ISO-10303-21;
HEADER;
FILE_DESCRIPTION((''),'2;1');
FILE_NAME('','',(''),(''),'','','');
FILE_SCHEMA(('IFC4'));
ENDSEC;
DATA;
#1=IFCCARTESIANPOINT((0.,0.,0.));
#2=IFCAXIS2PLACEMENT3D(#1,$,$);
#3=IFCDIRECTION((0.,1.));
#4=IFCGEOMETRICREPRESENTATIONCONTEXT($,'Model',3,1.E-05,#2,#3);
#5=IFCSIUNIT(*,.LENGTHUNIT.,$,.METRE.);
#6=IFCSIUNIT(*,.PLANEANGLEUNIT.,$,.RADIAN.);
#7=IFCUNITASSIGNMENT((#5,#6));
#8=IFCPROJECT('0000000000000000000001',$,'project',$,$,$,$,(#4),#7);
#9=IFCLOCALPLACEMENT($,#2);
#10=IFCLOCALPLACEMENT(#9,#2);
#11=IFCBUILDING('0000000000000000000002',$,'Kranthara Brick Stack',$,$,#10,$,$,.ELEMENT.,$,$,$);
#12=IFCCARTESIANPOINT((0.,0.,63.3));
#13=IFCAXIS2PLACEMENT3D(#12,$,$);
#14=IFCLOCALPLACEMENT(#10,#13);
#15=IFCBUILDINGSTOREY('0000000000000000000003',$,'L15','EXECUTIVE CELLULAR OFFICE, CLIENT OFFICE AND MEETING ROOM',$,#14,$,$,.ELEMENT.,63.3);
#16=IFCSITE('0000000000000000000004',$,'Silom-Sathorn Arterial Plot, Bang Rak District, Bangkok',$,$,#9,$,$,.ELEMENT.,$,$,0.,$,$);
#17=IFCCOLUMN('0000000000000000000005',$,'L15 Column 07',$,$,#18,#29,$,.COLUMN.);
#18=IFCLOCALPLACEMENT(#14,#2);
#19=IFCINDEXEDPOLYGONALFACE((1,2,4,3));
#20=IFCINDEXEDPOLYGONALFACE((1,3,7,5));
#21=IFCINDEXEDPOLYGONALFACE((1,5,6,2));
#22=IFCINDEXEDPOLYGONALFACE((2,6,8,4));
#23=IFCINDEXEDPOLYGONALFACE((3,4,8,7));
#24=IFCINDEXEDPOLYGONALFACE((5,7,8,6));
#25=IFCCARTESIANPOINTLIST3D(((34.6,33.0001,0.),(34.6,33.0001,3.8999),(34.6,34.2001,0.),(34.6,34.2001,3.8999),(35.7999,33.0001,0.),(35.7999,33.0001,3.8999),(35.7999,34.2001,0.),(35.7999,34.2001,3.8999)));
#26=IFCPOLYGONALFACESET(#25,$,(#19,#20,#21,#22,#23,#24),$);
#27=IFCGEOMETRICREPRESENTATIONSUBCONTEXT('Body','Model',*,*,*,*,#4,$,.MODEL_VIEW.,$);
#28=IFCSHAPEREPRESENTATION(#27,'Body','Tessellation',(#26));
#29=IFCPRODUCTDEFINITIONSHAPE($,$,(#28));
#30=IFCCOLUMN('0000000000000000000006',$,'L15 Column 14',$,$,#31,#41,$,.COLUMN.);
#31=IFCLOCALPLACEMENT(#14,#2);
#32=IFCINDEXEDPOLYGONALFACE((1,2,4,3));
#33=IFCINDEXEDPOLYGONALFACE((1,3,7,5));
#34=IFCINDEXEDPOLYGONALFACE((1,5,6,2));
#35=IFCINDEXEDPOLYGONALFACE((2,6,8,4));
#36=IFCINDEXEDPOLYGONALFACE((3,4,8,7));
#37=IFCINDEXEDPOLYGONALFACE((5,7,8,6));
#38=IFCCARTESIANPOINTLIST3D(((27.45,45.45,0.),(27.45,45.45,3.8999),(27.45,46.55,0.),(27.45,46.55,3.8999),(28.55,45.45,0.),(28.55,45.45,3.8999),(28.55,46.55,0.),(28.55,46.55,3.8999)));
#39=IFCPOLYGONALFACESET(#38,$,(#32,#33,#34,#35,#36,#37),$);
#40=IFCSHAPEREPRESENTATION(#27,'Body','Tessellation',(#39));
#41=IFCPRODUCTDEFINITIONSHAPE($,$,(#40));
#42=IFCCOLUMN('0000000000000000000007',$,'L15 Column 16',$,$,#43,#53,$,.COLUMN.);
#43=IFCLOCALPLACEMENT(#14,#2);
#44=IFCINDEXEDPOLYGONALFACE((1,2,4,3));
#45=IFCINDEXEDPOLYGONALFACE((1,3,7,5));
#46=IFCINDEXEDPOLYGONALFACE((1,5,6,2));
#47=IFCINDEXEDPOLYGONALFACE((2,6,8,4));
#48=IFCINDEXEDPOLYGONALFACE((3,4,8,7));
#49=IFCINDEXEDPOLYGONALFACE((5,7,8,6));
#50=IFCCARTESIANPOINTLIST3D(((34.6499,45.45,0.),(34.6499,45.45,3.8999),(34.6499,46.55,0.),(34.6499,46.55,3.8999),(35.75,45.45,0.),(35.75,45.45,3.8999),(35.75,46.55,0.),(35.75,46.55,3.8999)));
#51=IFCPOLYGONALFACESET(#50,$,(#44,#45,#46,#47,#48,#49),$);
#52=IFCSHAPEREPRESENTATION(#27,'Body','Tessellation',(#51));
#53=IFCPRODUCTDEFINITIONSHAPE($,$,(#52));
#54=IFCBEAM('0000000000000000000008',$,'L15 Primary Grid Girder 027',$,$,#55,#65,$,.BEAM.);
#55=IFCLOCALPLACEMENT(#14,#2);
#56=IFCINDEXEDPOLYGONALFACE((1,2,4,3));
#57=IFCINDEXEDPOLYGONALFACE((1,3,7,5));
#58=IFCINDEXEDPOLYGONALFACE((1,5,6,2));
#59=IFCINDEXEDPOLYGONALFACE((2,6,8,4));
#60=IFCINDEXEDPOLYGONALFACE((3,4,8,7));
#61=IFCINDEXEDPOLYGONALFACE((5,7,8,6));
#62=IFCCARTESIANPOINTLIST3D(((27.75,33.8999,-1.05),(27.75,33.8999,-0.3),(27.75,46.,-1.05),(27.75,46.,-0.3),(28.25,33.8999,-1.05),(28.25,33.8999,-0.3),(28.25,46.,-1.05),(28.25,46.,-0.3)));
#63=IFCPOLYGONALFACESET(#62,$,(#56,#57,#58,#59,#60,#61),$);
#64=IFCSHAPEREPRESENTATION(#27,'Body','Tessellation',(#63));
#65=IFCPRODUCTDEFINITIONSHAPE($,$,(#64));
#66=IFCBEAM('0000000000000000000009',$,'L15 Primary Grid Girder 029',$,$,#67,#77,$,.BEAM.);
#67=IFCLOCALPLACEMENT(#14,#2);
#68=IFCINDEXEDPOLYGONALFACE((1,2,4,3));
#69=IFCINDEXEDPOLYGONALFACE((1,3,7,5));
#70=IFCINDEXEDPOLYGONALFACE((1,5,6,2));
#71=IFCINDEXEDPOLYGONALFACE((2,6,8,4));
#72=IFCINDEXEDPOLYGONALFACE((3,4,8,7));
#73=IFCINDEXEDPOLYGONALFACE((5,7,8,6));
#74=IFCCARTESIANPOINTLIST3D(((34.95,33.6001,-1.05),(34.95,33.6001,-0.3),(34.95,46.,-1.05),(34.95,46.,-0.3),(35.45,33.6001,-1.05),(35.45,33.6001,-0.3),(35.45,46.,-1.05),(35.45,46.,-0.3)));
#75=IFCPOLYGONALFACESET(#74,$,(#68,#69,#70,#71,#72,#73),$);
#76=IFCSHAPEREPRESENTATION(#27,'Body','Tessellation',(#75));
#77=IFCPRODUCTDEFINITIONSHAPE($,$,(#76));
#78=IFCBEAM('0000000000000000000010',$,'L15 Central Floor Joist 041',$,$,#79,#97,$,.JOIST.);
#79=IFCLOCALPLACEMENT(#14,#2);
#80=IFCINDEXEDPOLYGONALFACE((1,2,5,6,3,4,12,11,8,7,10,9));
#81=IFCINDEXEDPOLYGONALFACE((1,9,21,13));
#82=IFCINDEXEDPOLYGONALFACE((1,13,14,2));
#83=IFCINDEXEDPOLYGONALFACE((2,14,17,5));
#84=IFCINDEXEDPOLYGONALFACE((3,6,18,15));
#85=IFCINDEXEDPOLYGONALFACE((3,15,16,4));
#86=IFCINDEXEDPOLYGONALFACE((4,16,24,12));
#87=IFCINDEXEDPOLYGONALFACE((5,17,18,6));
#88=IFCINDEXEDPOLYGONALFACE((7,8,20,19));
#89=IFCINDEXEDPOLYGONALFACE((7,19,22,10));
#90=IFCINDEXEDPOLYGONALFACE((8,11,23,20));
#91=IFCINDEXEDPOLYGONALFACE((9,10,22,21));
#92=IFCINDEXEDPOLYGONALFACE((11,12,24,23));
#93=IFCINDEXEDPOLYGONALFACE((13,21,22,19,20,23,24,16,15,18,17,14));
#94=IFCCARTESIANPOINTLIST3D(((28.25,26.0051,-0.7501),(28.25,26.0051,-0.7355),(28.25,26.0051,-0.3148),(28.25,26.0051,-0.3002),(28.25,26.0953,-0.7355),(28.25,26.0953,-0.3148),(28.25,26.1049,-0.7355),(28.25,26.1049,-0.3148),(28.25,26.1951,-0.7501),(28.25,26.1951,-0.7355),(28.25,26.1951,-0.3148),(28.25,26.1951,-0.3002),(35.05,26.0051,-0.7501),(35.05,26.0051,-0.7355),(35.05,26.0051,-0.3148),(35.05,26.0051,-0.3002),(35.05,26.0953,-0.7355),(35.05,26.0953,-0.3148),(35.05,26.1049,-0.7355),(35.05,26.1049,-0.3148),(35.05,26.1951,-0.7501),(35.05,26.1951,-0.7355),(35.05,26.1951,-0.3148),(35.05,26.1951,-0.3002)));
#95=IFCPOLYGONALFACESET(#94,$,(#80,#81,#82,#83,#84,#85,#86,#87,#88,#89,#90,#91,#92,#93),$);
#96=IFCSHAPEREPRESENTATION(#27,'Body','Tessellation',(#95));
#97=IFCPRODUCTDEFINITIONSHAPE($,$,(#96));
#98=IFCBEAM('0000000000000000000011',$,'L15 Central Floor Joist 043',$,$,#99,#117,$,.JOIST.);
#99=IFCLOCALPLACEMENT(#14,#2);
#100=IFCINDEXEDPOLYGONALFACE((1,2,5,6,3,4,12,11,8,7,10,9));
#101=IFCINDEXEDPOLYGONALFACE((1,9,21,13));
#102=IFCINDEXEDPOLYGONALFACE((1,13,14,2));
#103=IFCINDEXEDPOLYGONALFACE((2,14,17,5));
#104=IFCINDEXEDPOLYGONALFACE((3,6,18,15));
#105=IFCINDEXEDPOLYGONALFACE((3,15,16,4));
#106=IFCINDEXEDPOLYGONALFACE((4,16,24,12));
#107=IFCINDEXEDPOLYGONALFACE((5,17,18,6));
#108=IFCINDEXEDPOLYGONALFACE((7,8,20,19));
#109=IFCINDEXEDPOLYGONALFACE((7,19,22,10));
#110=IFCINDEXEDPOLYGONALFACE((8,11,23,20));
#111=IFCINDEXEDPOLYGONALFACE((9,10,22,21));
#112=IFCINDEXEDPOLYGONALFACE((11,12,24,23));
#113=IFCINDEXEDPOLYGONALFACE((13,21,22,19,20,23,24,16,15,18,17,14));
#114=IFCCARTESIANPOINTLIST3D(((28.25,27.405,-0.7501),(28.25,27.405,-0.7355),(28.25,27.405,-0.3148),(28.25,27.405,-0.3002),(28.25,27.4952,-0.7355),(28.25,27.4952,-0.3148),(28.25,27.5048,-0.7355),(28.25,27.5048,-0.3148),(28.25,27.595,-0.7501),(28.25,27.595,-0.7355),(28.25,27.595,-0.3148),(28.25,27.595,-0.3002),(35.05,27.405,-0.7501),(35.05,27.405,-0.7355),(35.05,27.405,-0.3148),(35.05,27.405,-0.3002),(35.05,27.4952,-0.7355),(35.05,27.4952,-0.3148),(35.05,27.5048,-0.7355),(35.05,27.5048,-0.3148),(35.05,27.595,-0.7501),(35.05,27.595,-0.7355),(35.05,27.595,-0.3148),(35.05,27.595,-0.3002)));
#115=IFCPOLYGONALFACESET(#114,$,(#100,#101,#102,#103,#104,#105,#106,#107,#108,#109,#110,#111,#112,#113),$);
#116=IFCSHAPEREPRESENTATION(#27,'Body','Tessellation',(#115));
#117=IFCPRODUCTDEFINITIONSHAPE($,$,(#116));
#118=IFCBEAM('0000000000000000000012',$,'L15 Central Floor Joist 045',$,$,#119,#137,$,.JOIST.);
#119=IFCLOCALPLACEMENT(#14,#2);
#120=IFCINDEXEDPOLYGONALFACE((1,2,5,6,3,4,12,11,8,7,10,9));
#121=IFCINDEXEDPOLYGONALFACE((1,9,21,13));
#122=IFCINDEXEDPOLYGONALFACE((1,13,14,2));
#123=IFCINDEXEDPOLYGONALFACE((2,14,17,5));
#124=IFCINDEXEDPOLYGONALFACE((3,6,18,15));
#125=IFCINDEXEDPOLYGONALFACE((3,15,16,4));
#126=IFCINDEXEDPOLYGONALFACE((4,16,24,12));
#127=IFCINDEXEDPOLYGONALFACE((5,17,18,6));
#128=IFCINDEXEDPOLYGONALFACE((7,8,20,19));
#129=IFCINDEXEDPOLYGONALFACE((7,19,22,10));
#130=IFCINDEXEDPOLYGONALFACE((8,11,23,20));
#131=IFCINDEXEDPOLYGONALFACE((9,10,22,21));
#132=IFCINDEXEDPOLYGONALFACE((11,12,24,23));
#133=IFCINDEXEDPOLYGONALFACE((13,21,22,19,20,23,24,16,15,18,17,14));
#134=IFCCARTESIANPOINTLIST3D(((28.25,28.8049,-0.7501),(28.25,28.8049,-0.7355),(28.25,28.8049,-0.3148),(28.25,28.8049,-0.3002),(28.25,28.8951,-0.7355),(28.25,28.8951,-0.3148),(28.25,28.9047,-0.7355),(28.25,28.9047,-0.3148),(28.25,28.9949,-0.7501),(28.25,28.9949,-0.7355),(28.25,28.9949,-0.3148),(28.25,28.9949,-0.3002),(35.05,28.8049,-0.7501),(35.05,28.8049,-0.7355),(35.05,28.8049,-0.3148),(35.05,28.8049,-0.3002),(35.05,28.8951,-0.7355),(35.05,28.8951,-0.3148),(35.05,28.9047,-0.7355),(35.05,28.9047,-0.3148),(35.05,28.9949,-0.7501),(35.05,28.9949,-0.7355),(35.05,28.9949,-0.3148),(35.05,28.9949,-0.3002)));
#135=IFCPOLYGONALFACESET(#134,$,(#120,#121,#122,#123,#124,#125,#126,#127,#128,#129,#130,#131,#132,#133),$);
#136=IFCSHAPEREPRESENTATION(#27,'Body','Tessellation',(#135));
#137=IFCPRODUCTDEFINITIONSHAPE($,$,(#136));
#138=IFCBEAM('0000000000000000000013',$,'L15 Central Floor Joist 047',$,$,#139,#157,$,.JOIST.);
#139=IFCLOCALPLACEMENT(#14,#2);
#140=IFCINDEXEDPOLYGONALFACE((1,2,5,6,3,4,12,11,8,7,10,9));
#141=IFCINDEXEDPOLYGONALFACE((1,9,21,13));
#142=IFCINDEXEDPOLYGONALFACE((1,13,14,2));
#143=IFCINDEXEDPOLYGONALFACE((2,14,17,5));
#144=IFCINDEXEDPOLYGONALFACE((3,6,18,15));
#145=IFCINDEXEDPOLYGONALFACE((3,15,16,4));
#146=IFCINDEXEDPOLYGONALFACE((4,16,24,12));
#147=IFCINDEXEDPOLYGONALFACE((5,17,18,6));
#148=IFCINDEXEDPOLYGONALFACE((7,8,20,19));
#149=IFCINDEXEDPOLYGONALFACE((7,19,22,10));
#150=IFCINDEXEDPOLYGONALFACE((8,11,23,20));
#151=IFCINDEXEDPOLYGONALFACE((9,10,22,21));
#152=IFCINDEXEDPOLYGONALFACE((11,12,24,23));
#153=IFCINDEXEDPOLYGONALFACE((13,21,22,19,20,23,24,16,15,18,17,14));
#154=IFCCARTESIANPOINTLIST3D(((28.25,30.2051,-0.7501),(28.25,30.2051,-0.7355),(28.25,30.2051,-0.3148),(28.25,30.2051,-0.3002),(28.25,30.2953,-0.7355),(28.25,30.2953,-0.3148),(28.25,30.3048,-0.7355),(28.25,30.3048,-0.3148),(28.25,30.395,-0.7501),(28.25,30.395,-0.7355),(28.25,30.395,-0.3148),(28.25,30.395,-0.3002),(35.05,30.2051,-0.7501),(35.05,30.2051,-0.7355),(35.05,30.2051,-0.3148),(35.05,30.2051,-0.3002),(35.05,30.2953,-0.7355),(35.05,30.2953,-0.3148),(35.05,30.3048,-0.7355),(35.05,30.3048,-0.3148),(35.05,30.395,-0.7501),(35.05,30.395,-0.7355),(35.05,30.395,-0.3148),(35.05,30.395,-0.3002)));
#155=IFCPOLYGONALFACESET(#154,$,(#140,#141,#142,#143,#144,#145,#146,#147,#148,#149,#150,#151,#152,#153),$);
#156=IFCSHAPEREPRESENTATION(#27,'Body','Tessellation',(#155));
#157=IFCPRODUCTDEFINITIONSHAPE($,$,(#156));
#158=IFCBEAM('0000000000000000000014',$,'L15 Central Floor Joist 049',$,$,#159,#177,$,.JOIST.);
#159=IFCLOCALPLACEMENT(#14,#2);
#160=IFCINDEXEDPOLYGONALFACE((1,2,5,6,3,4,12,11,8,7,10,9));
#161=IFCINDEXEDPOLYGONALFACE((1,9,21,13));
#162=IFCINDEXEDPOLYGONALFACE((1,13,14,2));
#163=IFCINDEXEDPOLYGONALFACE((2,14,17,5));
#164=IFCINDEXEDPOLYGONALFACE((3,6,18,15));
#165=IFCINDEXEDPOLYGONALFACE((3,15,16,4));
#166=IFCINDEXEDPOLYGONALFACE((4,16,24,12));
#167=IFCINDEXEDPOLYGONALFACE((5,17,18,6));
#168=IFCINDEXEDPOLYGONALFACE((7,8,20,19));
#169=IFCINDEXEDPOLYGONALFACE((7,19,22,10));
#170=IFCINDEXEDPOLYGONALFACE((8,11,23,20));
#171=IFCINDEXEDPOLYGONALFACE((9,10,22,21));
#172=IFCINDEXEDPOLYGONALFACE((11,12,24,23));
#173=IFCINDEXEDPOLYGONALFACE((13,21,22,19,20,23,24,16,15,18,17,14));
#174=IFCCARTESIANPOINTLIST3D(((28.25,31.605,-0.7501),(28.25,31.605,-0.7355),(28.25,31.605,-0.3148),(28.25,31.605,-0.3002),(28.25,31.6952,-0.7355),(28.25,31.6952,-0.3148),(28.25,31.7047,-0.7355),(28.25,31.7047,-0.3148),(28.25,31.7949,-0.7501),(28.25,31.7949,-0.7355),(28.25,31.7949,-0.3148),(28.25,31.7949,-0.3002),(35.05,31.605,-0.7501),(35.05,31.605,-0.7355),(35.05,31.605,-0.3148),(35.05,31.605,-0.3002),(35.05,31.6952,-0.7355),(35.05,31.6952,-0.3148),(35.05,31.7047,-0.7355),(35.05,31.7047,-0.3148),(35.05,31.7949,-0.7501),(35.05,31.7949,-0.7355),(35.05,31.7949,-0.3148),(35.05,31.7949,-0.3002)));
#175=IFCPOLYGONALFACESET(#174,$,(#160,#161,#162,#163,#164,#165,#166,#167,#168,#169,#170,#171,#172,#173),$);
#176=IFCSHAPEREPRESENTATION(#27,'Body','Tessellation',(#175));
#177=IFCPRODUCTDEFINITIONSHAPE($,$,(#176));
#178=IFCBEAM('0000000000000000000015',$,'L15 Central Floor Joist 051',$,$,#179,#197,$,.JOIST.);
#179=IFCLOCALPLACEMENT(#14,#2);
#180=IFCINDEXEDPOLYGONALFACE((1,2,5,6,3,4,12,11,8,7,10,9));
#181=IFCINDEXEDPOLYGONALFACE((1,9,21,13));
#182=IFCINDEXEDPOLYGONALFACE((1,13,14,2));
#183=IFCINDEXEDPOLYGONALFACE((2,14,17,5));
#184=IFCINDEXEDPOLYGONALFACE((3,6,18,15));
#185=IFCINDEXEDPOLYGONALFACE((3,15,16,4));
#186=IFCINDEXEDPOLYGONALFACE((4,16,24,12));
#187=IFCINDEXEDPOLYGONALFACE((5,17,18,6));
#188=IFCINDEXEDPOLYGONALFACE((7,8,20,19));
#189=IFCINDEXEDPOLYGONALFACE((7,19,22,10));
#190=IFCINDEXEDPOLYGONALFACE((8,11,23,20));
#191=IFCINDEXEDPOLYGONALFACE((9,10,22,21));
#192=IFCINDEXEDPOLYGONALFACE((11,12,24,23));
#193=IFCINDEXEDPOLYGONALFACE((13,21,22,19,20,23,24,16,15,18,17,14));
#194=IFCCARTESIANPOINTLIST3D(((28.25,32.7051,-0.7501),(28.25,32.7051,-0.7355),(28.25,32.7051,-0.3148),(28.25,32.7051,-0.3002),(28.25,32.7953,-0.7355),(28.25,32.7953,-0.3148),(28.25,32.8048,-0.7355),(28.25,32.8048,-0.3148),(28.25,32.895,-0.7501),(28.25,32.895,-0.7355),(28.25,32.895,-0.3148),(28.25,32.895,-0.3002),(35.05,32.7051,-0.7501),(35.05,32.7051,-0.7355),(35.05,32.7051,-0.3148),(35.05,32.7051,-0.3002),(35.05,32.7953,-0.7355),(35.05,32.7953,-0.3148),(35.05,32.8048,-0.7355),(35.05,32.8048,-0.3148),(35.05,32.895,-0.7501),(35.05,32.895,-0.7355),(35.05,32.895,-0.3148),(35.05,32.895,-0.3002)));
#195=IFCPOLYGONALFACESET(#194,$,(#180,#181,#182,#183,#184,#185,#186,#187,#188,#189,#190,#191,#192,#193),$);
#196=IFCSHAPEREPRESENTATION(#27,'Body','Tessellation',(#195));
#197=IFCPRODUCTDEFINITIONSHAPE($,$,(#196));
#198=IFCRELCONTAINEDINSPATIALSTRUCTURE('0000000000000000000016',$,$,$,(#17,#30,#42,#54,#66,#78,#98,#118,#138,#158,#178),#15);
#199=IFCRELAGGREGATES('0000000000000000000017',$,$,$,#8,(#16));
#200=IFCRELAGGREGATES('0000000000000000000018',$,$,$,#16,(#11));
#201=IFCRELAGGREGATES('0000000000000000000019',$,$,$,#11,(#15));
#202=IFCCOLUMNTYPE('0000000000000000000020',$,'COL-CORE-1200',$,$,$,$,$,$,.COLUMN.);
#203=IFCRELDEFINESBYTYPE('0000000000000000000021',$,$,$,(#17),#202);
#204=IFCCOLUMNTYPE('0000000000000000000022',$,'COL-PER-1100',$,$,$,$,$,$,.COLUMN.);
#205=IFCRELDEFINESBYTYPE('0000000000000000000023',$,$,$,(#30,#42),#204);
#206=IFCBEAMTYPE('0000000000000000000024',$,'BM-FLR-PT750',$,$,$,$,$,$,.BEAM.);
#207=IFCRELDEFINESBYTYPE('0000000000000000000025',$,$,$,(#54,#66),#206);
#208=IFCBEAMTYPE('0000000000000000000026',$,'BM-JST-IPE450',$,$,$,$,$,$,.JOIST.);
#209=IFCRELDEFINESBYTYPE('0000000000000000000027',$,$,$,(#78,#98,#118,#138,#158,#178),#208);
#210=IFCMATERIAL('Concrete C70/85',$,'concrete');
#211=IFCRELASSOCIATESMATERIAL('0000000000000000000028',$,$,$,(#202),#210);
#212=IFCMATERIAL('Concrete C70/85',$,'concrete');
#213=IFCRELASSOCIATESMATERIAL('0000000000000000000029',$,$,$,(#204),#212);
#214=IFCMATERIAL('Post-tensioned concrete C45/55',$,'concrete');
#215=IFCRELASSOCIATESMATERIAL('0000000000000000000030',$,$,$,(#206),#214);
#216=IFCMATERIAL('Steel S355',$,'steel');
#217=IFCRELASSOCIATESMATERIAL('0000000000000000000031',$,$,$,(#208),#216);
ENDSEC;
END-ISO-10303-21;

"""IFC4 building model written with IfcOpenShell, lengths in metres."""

from ifc_helpers import new_model, si_unit, direction, frame, origin, origin_2d, place, context, subcontext, project, spatial, rectangle, i_section, extrude, material, material_profile, profile_set, type_object, element, save


model = new_model("IFC4")

# Units and contexts
model_context = context("Model", 3, precision=1e-05, world=origin(), true_north=direction((0.0, 1.0)))
body_context = subcontext(model_context, "Body", "Model", "MODEL_VIEW")
ifc_project = project(units=[si_unit("LENGTHUNIT", "METRE"), si_unit("PLANEANGLEUNIT", "RADIAN")], contexts=[model_context])

# Site, building, storey
site_placement = place(None, origin())
site = spatial("IfcSite", under=ifc_project, at=site_placement, Name="Silom-Sathorn Arterial Plot, Bang Rak District, Bangkok", CompositionType="ELEMENT", RefElevation=0.0)
building_placement = place(site_placement, origin())
building = spatial("IfcBuilding", under=site, at=building_placement, Name="Kranthara Brick Stack", CompositionType="ELEMENT")
storey_placement = place(building_placement, frame((0.0, 0.0, 63.3)))
storey = spatial("IfcBuildingStorey", under=building, at=storey_placement, Name="L15", Description="EXECUTIVE CELLULAR OFFICE, CLIENT OFFICE AND MEETING ROOM", CompositionType="ELEMENT", Elevation=63.3)

# Columns
ifc_material_1 = material(Name="Concrete C70/85", Category="concrete")
ifc_material_profile_1 = material_profile(ifc_material_1, rectangle(XDim=1.2, YDim=1.2, at=origin_2d()), Name="RC 1200x1200")
ifc_profile_set_1 = profile_set([ifc_material_profile_1], Name="Concrete C70/85")
column_type_1 = type_object("IfcColumnType", Name="COL-CORE-1200", PredefinedType="COLUMN", material=ifc_profile_set_1)
column_placement = place(storey_placement, frame((35.2, 33.6001, 0.0), z_axis=(0.0, 0.0, 1.0), x_axis=(1.0, 0.0, 0.0)))
element("IfcColumn", 1, at=column_placement, inside=storey, type_object=column_type_1, Name="L15 Column 07", PredefinedType="COLUMN", context=body_context, shape_type="SweptSolid", body=[
    extrude(rectangle(XDim=1.2, YDim=1.2, at=origin_2d()), origin(), (0.0, 0.0, 1.0), 3.8999),
])
ifc_material_2 = material(Name="Concrete C70/85", Category="concrete")
ifc_material_profile_2 = material_profile(ifc_material_2, rectangle(XDim=1.1001, YDim=1.1001, at=origin_2d()), Name="RC 1100x1100")
ifc_profile_set_2 = profile_set([ifc_material_profile_2], Name="Concrete C70/85")
column_type_2 = type_object("IfcColumnType", Name="COL-PER-1100", PredefinedType="COLUMN", material=ifc_profile_set_2)
for number, where, z_axis, x_axis, name in (
    (2, (28.0, 46.0, 0.0), (0.0, 0.0, 1.0), (1.0, 0.0, 0.0), "L15 Column 14"),
    (3, (35.2, 46.0, 0.0), (0.0, 0.0, 1.0), (1.0, 0.0, 0.0), "L15 Column 16"),
):
    element("IfcColumn", number, at=place(storey_placement, frame(where, z_axis=z_axis, x_axis=x_axis)), inside=storey, type_object=column_type_2, Name=name, PredefinedType="COLUMN", context=body_context, shape_type="SweptSolid", body=[
        extrude(rectangle(XDim=1.1001, YDim=1.1001, at=origin_2d()), origin(), (0.0, 0.0, 1.0), 3.8999),
    ])

# Beams
ifc_material_3 = material(Name="Post-tensioned concrete C45/55", Category="concrete")
ifc_material_profile_3 = material_profile(ifc_material_3, rectangle(XDim=0.5, YDim=0.75, at=origin_2d()), Name="PT 500x750")
ifc_profile_set_3 = profile_set([ifc_material_profile_3], Name="Post-tensioned concrete C45/55")
beam_type_1 = type_object("IfcBeamType", Name="BM-FLR-PT750", PredefinedType="BEAM", material=ifc_profile_set_3)
beam_1_placement = place(storey_placement, frame((28.0, 33.8999, -0.675), z_axis=(0.0, 1.0, 0.0), x_axis=(-1.0, 0.0, 0.0)))
element("IfcBeam", 4, at=beam_1_placement, inside=storey, type_object=beam_type_1, Name="L15 Primary Grid Girder 027", PredefinedType="BEAM", context=body_context, shape_type="SweptSolid", body=[
    extrude(rectangle(XDim=0.5, YDim=0.75, at=origin_2d()), origin(), (0.0, 0.0, 1.0), 12.1001),
])
beam_2_placement = place(storey_placement, frame((35.2, 33.6001, -0.675), z_axis=(0.0, 1.0, 0.0), x_axis=(-1.0, 0.0, 0.0)))
element("IfcBeam", 5, at=beam_2_placement, inside=storey, type_object=beam_type_1, Name="L15 Primary Grid Girder 029", PredefinedType="BEAM", context=body_context, shape_type="SweptSolid", body=[
    extrude(rectangle(XDim=0.5, YDim=0.75, at=origin_2d()), origin(), (0.0, 0.0, 1.0), 12.3999),
])
ifc_material_4 = material(Name="Steel S355", Category="steel")
ifc_material_profile_4 = material_profile(ifc_material_4, i_section(OverallWidth=0.1899, OverallDepth=0.45, WebThickness=0.0095, FlangeThickness=0.0146, at=origin_2d()), Name="IPE 450")
ifc_profile_set_4 = profile_set([ifc_material_profile_4], Name="Steel S355")
beam_type_2 = type_object("IfcBeamType", Name="BM-JST-IPE450", PredefinedType="JOIST", material=ifc_profile_set_4)
for number, where, z_axis, x_axis, name in (
    (6, (28.25, 26.1001, -0.5251), (1.0, 0.0, 0.0), (0.0, 1.0, 0.0), "L15 Central Floor Joist 041"),
    (7, (28.25, 27.5, -0.5251), (1.0, 0.0, 0.0), (0.0, 1.0, 0.0), "L15 Central Floor Joist 043"),
    (8, (28.25, 28.8999, -0.5251), (1.0, 0.0, 0.0), (0.0, 1.0, 0.0), "L15 Central Floor Joist 045"),
    (9, (28.25, 30.3, -0.5251), (1.0, 0.0, 0.0), (0.0, 1.0, 0.0), "L15 Central Floor Joist 047"),
    (10, (28.25, 31.7, -0.5251), (1.0, 0.0, 0.0), (0.0, 1.0, 0.0), "L15 Central Floor Joist 049"),
    (11, (28.25, 32.8, -0.5251), (1.0, 0.0, 0.0), (0.0, 1.0, 0.0), "L15 Central Floor Joist 051"),
):
    element("IfcBeam", number, at=place(storey_placement, frame(where, z_axis=z_axis, x_axis=x_axis)), inside=storey, type_object=beam_type_2, Name=name, PredefinedType="JOIST", context=body_context, shape_type="SweptSolid", body=[
        extrude(i_section(OverallWidth=0.1899, OverallDepth=0.45, WebThickness=0.0095, FlangeThickness=0.0146, at=origin_2d()), origin(), (0.0, 0.0, 1.0), 6.8),
    ])

save(model, "model.ifc")
